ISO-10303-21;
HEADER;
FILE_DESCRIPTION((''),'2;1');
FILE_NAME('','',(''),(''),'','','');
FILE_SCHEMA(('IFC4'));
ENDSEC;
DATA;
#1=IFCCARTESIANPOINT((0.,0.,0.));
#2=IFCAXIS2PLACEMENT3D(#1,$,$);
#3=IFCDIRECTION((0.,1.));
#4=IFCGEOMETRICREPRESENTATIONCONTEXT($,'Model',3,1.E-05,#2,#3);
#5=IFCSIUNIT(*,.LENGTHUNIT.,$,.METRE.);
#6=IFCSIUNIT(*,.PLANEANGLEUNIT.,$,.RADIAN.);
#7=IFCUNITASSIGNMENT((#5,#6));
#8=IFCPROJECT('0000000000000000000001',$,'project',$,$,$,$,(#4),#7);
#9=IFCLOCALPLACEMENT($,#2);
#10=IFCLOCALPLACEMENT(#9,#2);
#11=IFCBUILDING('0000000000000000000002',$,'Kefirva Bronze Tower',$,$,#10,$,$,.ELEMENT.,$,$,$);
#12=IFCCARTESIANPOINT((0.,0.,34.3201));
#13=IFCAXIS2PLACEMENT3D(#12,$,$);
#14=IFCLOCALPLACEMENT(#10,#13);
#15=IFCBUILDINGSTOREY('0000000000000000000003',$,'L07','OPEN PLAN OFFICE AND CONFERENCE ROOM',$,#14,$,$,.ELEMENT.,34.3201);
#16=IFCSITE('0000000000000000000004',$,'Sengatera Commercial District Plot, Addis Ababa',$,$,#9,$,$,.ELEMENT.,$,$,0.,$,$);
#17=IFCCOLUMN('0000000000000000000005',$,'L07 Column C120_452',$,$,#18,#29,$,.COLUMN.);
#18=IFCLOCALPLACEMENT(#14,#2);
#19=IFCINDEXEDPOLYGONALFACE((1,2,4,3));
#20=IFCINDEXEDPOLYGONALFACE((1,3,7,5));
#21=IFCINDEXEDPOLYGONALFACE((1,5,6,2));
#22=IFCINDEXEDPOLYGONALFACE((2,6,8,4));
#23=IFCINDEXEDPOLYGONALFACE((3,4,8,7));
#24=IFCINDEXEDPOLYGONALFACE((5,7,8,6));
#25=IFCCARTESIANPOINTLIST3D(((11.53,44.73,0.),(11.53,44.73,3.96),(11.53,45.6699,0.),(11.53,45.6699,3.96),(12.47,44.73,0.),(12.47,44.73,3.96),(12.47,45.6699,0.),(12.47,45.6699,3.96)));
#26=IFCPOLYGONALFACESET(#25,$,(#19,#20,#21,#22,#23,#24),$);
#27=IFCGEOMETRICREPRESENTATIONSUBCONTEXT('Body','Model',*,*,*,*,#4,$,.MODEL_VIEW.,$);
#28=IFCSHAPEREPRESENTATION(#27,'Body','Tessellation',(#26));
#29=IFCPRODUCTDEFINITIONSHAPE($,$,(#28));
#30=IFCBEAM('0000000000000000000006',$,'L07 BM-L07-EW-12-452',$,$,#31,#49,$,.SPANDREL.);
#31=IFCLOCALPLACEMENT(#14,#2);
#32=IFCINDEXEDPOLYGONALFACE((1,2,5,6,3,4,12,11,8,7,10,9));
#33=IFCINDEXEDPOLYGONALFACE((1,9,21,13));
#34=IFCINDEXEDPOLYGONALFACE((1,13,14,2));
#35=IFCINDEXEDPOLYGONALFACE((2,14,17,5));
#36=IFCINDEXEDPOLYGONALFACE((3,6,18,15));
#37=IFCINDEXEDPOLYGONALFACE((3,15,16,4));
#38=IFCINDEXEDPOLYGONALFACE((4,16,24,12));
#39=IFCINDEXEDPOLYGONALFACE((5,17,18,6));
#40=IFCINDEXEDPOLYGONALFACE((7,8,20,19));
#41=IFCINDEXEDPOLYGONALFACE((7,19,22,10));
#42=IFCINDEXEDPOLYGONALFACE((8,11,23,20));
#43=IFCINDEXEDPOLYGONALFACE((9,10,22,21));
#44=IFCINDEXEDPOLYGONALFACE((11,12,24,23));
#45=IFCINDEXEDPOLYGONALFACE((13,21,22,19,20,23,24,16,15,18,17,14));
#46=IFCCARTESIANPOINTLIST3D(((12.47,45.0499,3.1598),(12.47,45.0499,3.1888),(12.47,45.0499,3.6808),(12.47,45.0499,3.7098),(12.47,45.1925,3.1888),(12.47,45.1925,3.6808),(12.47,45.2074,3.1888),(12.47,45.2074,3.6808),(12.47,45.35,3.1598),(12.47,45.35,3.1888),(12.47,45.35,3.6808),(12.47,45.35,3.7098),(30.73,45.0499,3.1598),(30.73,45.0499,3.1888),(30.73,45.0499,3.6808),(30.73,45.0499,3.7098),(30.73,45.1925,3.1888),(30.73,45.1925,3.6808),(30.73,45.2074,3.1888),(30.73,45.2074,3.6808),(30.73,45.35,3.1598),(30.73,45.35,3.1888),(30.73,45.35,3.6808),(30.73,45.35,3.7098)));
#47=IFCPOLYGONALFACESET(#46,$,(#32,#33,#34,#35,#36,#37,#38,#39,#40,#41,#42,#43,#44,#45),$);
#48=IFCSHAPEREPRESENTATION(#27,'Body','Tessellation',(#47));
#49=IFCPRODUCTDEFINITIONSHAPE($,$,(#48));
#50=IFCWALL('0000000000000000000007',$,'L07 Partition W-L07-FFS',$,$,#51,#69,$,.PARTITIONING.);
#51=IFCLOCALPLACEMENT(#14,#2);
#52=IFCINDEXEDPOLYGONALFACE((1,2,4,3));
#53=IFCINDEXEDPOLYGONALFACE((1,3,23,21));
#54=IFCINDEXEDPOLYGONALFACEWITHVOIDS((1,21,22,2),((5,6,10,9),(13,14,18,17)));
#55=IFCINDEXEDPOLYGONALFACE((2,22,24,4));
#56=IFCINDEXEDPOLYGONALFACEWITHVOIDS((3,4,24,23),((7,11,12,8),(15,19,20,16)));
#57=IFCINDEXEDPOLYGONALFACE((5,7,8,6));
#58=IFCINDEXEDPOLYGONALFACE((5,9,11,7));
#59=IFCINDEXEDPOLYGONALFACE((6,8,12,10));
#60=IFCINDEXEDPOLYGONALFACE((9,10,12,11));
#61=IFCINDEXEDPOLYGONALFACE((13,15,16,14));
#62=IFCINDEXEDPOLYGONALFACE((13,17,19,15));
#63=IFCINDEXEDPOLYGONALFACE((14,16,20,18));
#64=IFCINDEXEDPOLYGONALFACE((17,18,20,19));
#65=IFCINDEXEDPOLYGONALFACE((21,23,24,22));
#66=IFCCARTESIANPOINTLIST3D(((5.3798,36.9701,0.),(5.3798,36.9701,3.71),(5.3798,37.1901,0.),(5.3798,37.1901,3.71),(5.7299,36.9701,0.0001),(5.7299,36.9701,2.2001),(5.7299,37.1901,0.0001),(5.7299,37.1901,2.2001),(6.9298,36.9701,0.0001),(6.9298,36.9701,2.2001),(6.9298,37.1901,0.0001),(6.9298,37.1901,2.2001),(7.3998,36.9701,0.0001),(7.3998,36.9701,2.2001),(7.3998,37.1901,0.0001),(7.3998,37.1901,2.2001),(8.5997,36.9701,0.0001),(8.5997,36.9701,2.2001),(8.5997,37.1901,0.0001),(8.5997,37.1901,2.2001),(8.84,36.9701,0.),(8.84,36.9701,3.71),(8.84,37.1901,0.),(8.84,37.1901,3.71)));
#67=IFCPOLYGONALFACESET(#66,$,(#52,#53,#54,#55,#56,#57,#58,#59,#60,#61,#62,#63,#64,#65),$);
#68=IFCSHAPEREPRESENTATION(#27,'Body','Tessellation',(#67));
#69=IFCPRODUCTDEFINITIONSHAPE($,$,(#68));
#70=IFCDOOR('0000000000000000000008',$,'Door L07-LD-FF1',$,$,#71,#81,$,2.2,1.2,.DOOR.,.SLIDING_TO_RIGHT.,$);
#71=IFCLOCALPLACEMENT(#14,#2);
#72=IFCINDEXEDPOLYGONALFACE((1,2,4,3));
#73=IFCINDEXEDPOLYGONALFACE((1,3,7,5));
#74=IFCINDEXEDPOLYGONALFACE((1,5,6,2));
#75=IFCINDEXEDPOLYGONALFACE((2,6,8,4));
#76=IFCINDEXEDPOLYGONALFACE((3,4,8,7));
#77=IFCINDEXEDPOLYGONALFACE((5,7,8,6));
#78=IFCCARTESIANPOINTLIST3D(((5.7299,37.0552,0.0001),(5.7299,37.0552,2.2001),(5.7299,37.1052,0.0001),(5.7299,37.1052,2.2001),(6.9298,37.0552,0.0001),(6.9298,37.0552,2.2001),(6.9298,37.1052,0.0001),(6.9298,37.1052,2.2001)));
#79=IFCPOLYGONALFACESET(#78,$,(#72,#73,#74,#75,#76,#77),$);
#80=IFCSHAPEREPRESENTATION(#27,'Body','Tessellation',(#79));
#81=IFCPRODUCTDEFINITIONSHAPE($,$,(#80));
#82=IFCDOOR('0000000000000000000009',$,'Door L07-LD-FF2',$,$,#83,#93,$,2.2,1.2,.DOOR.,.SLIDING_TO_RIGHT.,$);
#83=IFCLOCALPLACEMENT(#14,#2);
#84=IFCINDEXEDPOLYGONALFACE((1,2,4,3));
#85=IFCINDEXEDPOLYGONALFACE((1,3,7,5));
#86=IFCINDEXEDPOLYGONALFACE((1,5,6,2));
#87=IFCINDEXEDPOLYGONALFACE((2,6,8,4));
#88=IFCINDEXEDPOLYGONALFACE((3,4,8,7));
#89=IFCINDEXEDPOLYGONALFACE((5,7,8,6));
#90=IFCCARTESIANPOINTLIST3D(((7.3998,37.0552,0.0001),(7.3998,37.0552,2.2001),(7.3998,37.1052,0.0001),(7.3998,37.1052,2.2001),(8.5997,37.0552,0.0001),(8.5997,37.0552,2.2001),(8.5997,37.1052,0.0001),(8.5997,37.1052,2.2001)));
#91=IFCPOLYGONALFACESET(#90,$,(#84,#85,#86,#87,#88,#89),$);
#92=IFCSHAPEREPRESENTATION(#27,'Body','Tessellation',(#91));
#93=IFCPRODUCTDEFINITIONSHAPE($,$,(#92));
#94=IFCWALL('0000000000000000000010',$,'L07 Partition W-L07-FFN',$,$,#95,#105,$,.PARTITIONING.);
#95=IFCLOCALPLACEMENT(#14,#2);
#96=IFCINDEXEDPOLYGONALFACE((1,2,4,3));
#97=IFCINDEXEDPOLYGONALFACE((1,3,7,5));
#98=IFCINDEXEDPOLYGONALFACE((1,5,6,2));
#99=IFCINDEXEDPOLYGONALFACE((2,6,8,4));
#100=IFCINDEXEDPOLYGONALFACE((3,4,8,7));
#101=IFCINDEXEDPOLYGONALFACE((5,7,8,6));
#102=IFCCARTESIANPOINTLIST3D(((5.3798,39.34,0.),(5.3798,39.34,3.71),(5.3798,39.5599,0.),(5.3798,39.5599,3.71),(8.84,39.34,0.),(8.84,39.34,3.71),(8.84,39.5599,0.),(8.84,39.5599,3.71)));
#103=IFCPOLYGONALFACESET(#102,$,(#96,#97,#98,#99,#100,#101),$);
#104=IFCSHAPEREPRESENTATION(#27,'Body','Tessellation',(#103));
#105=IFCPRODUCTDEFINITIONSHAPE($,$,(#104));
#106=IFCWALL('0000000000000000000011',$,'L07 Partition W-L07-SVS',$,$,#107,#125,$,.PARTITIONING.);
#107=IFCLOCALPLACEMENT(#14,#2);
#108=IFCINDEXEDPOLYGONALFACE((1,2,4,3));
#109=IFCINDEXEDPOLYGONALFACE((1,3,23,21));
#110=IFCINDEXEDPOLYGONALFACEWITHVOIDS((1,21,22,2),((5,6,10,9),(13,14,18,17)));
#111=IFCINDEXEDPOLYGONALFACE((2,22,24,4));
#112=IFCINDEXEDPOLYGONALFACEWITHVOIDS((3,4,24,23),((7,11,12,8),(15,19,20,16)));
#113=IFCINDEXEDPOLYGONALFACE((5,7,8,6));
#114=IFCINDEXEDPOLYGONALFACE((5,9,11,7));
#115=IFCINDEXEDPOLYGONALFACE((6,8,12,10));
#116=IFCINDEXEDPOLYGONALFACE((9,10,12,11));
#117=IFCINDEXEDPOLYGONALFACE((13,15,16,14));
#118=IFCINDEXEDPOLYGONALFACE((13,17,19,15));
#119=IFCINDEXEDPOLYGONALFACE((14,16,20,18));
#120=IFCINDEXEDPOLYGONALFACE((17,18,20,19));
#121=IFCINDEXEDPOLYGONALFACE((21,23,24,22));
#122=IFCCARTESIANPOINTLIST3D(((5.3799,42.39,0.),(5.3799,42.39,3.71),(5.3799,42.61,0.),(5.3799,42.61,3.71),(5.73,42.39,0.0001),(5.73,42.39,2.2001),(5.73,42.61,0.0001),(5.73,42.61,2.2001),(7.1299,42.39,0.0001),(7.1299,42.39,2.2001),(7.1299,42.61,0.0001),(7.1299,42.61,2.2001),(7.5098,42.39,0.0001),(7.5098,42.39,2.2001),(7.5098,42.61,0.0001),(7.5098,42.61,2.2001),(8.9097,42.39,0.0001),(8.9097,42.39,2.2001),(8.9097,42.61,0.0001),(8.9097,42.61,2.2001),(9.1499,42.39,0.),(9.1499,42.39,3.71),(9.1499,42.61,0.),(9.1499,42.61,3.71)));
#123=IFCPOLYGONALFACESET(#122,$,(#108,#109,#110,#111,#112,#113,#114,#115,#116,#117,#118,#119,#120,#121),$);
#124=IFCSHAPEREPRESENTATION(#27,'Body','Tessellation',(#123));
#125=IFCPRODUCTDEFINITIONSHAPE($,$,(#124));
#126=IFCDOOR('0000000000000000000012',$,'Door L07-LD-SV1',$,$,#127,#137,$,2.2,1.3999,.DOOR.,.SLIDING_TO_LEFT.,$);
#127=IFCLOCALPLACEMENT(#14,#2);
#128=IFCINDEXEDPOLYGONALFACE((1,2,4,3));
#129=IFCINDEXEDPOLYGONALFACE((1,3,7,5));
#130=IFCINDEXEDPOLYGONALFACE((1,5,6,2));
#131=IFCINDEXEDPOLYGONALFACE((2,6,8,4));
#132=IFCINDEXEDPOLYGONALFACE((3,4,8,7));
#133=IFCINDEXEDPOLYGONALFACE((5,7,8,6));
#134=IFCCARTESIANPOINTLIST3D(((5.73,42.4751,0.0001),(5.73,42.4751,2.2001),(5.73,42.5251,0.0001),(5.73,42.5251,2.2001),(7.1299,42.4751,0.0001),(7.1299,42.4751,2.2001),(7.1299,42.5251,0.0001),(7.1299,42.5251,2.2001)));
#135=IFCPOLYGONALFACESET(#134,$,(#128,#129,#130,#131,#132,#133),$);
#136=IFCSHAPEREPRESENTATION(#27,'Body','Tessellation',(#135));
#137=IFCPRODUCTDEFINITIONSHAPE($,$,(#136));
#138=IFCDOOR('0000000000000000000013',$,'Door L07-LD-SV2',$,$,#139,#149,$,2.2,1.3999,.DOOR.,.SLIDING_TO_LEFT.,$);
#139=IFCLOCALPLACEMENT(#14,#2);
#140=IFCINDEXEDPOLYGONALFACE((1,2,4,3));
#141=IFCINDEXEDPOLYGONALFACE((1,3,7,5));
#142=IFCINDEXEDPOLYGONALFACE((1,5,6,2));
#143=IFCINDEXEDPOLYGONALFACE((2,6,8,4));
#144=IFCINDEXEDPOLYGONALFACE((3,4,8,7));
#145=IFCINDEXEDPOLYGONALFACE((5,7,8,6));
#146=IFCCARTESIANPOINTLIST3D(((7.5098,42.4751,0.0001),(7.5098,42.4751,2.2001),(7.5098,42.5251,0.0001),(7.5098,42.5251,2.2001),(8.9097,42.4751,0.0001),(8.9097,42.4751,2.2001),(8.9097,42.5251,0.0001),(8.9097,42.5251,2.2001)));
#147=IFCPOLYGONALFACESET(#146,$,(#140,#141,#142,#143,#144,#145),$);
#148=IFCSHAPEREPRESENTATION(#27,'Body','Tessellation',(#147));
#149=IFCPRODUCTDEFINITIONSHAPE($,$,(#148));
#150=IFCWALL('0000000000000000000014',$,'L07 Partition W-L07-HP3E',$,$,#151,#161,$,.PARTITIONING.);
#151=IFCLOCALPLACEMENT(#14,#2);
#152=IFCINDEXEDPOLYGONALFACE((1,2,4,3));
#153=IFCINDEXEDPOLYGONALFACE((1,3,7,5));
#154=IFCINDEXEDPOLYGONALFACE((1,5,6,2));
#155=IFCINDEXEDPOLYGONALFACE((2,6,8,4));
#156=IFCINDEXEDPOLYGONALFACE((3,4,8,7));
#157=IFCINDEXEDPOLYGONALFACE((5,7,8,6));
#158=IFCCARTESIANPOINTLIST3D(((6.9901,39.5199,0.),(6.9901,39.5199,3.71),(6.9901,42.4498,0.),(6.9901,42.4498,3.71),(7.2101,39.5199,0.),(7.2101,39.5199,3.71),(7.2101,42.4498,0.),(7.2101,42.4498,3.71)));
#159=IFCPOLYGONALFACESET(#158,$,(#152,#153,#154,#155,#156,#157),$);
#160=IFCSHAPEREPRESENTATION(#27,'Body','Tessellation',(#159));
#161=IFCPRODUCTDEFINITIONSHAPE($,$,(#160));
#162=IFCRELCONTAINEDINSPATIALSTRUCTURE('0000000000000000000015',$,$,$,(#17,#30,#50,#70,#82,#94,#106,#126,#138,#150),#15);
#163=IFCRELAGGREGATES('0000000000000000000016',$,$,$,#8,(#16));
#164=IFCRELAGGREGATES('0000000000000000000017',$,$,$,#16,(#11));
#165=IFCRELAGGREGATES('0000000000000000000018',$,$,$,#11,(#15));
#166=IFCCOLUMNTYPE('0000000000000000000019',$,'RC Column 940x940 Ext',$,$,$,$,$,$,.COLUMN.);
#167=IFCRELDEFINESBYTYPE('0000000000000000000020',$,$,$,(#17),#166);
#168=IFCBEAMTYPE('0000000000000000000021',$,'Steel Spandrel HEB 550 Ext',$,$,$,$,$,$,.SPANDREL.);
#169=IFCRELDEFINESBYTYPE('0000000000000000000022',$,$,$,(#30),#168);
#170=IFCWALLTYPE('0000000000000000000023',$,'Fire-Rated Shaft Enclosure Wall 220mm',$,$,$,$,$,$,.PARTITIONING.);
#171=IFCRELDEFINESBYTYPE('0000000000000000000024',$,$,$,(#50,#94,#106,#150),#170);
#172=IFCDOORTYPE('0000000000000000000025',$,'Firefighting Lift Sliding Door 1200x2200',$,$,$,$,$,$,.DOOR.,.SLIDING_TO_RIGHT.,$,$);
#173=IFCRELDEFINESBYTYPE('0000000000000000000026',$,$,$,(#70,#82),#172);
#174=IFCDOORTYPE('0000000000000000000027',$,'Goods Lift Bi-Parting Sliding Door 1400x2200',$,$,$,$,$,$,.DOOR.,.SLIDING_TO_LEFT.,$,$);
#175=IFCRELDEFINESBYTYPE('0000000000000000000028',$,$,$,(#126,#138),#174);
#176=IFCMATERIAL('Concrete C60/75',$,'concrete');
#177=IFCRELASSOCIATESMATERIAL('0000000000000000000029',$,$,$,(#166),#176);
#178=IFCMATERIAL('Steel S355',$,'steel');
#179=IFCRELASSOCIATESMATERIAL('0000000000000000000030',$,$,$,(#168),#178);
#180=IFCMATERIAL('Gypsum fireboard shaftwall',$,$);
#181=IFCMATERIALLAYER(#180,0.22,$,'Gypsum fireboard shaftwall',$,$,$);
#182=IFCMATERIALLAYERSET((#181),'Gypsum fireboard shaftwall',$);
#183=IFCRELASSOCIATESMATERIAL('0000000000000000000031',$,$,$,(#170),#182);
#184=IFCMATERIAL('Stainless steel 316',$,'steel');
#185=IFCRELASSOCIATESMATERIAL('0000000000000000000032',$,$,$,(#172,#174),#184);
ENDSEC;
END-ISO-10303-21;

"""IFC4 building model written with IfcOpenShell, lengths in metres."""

from ifc_helpers import new_model, si_unit, direction, frame, frame_2d, origin, origin_2d, place, context, subcontext, project, spatial, rectangle, i_section, extrude, material, layer, layer_set, material_profile, profile_set, type_object, element, fill, save


model = new_model("IFC4")

# Units and contexts
model_context = context("Model", 3, precision=1e-05, world=origin(), true_north=direction((0.0, 1.0)))
body_context = subcontext(model_context, "Body", "Model", "MODEL_VIEW")
ifc_project = project(units=[si_unit("LENGTHUNIT", "METRE"), si_unit("PLANEANGLEUNIT", "RADIAN")], contexts=[model_context])

# Site, building, storey
site_placement = place(None, origin())
site = spatial("IfcSite", under=ifc_project, at=site_placement, Name="Sengatera Commercial District Plot, Addis Ababa", CompositionType="ELEMENT", RefElevation=0.0)
building_placement = place(site_placement, origin())
building = spatial("IfcBuilding", under=site, at=building_placement, Name="Kefirva Bronze Tower", CompositionType="ELEMENT")
storey_placement = place(building_placement, frame((0.0, 0.0, 34.3201)))
storey = spatial("IfcBuildingStorey", under=building, at=storey_placement, Name="L07", Description="OPEN PLAN OFFICE AND CONFERENCE ROOM", CompositionType="ELEMENT", Elevation=34.3201)

# Column
ifc_material_1 = material(Name="Concrete C60/75", Category="concrete")
ifc_material_profile_1 = material_profile(ifc_material_1, rectangle(XDim=0.9399, YDim=0.9399, at=origin_2d()), Name="RC 940x940")
ifc_profile_set_1 = profile_set([ifc_material_profile_1], Name="Concrete C60/75")
column_type = type_object("IfcColumnType", Name="RC Column 940x940 Ext", PredefinedType="COLUMN", material=ifc_profile_set_1)
column_placement = place(storey_placement, frame((12.0, 45.2, 0.0), z_axis=(0.0, 0.0, 1.0), x_axis=(1.0, 0.0, 0.0)))
element("IfcColumn", 1, at=column_placement, inside=storey, type_object=column_type, Name="L07 Column C120_452", PredefinedType="COLUMN", context=body_context, shape_type="SweptSolid", body=[
    extrude(rectangle(XDim=0.9399, YDim=0.9399, at=origin_2d()), origin(), (0.0, 0.0, 1.0), 3.96),
])

# Beam
ifc_material_2 = material(Name="Steel S355", Category="steel")
ifc_material_profile_2 = material_profile(ifc_material_2, i_section(OverallWidth=0.3, OverallDepth=0.55, WebThickness=0.0149, FlangeThickness=0.0291, at=origin_2d()), Name="HEB 550")
ifc_profile_set_2 = profile_set([ifc_material_profile_2], Name="Steel S355")
beam_type = type_object("IfcBeamType", Name="Steel Spandrel HEB 550 Ext", PredefinedType="SPANDREL", material=ifc_profile_set_2)
beam_placement = place(storey_placement, frame((12.47, 45.2, 3.4348), z_axis=(1.0, 0.0, 0.0), x_axis=(0.0, 1.0, 0.0)))
element("IfcBeam", 2, at=beam_placement, inside=storey, type_object=beam_type, Name="L07 BM-L07-EW-12-452", PredefinedType="SPANDREL", context=body_context, shape_type="SweptSolid", body=[
    extrude(i_section(OverallWidth=0.3, OverallDepth=0.55, WebThickness=0.0149, FlangeThickness=0.0291, at=origin_2d()), origin(), (0.0, 0.0, 1.0), 18.26),
])

# Wall, openings, doors
ifc_material_3 = material(Name="Gypsum fireboard shaftwall")
ifc_layer_1 = layer(ifc_material_3, 0.22, Name="Gypsum fireboard shaftwall")
ifc_layer_set_1 = layer_set([ifc_layer_1], Name="Gypsum fireboard shaftwall")
wall_type_1 = type_object("IfcWallType", Name="Fire-Rated Shaft Enclosure Wall 220mm", PredefinedType="PARTITIONING", material=ifc_layer_set_1)
wall_1_placement = place(storey_placement, frame((5.3799, 37.0801, 0.0), z_axis=(0.0, 0.0, 1.0), x_axis=(1.0, 0.0, 0.0)))
wall_1 = element("IfcWall", 3, at=wall_1_placement, inside=storey, type_object=wall_type_1, Name="L07 Partition W-L07-FFS", PredefinedType="PARTITIONING", context=body_context, shape_type="SweptSolid", body=[
    extrude(rectangle(XDim=3.4602, YDim=0.22, at=frame_2d((1.73, 0.0))), origin(), (0.0, 0.0, 1.0), 3.71),
])
opening_1_placement = place(wall_1_placement, frame((1.55, 0.0, 0.0), z_axis=(0.0, 0.0, 1.0), x_axis=(-1.0, 0.0, 0.0)))
opening_1 = element("IfcOpeningElement", 4, at=opening_1_placement, cuts=wall_1, PredefinedType="OPENING", context=body_context, shape_type="SweptSolid", body=[
    extrude(rectangle(XDim=1.2, YDim=2.2, at=frame_2d((0.6001, 1.1001))), frame((0.0, 0.1201, 0.0), z_axis=(0.0, -1.0, 0.0), x_axis=(1.0, 0.0, 0.0)), (0.0, 0.0, 1.0), 0.24),
])
opening_2_placement = place(wall_1_placement, frame((3.22, 0.0, 0.0), z_axis=(0.0, 0.0, 1.0), x_axis=(-1.0, 0.0, 0.0)))
opening_2 = element("IfcOpeningElement", 5, at=opening_2_placement, cuts=wall_1, PredefinedType="OPENING", context=body_context, shape_type="SweptSolid", body=[
    extrude(rectangle(XDim=1.2, YDim=2.2, at=frame_2d((0.6001, 1.1001))), frame((0.0, 0.1201, 0.0), z_axis=(0.0, -1.0, 0.0), x_axis=(1.0, 0.0, 0.0)), (0.0, 0.0, 1.0), 0.24),
])
ifc_material_4 = material(Name="Stainless steel 316", Category="steel")
door_type_1 = type_object("IfcDoorType", Name="Firefighting Lift Sliding Door 1200x2200", OperationType="SLIDING_TO_RIGHT", PredefinedType="DOOR", material=ifc_material_4)
door_1_placement = place(opening_1_placement, origin())
door_1 = element("IfcDoor", 6, at=door_1_placement, inside=storey, type_object=door_type_1, Name="Door L07-LD-FF1", OperationType="SLIDING_TO_RIGHT", OverallHeight=2.2, OverallWidth=1.2, PredefinedType="DOOR", context=body_context, shape_type="SweptSolid", body=[
    extrude(rectangle(XDim=1.2, YDim=2.2, at=frame_2d((0.6001, 1.1001))), frame((0.0, 0.0249, 0.0), z_axis=(0.0, -1.0, 0.0), x_axis=(1.0, 0.0, 0.0)), (0.0, 0.0, 1.0), 0.05),
])
fill(opening_1, door_1)
door_2_placement = place(opening_2_placement, origin())
door_2 = element("IfcDoor", 7, at=door_2_placement, inside=storey, type_object=door_type_1, Name="Door L07-LD-FF2", OperationType="SLIDING_TO_RIGHT", OverallHeight=2.2, OverallWidth=1.2, PredefinedType="DOOR", context=body_context, shape_type="SweptSolid", body=[
    extrude(rectangle(XDim=1.2, YDim=2.2, at=frame_2d((0.6001, 1.1001))), frame((0.0, 0.0249, 0.0), z_axis=(0.0, -1.0, 0.0), x_axis=(1.0, 0.0, 0.0)), (0.0, 0.0, 1.0), 0.05),
])
fill(opening_2, door_2)

# Wall
wall_2_placement = place(storey_placement, frame((5.3799, 39.45, 0.0), z_axis=(0.0, 0.0, 1.0), x_axis=(1.0, 0.0, 0.0)))
element("IfcWall", 8, at=wall_2_placement, inside=storey, type_object=wall_type_1, Name="L07 Partition W-L07-FFN", PredefinedType="PARTITIONING", context=body_context, shape_type="SweptSolid", body=[
    extrude(rectangle(XDim=3.4602, YDim=0.22, at=frame_2d((1.73, 0.0))), origin(), (0.0, 0.0, 1.0), 3.71),
])

# Wall, openings, doors
wall_3_placement = place(storey_placement, frame((5.3799, 42.5, 0.0), z_axis=(0.0, 0.0, 1.0), x_axis=(1.0, 0.0, 0.0)))
wall_3 = element("IfcWall", 9, at=wall_3_placement, inside=storey, type_object=wall_type_1, Name="L07 Partition W-L07-SVS", PredefinedType="PARTITIONING", context=body_context, shape_type="SweptSolid", body=[
    extrude(rectangle(XDim=3.77, YDim=0.22, at=frame_2d((1.885, 0.0))), origin(), (0.0, 0.0, 1.0), 3.71),
])
opening_3_placement = place(wall_3_placement, frame((1.75, 0.0, 0.0), z_axis=(0.0, 0.0, 1.0), x_axis=(-1.0, 0.0, 0.0)))
opening_3 = element("IfcOpeningElement", 10, at=opening_3_placement, cuts=wall_3, PredefinedType="OPENING", context=body_context, shape_type="SweptSolid", body=[
    extrude(rectangle(XDim=1.3999, YDim=2.2, at=frame_2d((0.7, 1.1001))), frame((0.0, 0.1201, 0.0), z_axis=(0.0, -1.0, 0.0), x_axis=(1.0, 0.0, 0.0)), (0.0, 0.0, 1.0), 0.24),
])
opening_4_placement = place(wall_3_placement, frame((3.5298, 0.0, 0.0), z_axis=(0.0, 0.0, 1.0), x_axis=(-1.0, 0.0, 0.0)))
opening_4 = element("IfcOpeningElement", 11, at=opening_4_placement, cuts=wall_3, PredefinedType="OPENING", context=body_context, shape_type="SweptSolid", body=[
    extrude(rectangle(XDim=1.3999, YDim=2.2, at=frame_2d((0.7, 1.1001))), frame((0.0, 0.1201, 0.0), z_axis=(0.0, -1.0, 0.0), x_axis=(1.0, 0.0, 0.0)), (0.0, 0.0, 1.0), 0.24),
])
door_type_2 = type_object("IfcDoorType", Name="Goods Lift Bi-Parting Sliding Door 1400x2200", OperationType="SLIDING_TO_LEFT", PredefinedType="DOOR", material=ifc_material_4)
door_3_placement = place(opening_3_placement, origin())
door_3 = element("IfcDoor", 12, at=door_3_placement, inside=storey, type_object=door_type_2, Name="Door L07-LD-SV1", OperationType="SLIDING_TO_LEFT", OverallHeight=2.2, OverallWidth=1.3999, PredefinedType="DOOR", context=body_context, shape_type="SweptSolid", body=[
    extrude(rectangle(XDim=1.3999, YDim=2.2, at=frame_2d((0.7, 1.1001))), frame((0.0, 0.0249, 0.0), z_axis=(0.0, -1.0, 0.0), x_axis=(1.0, 0.0, 0.0)), (0.0, 0.0, 1.0), 0.05),
])
fill(opening_3, door_3)
door_4_placement = place(opening_4_placement, origin())
door_4 = element("IfcDoor", 13, at=door_4_placement, inside=storey, type_object=door_type_2, Name="Door L07-LD-SV2", OperationType="SLIDING_TO_LEFT", OverallHeight=2.2, OverallWidth=1.3999, PredefinedType="DOOR", context=body_context, shape_type="SweptSolid", body=[
    extrude(rectangle(XDim=1.3999, YDim=2.2, at=frame_2d((0.7, 1.1001))), frame((0.0, 0.0249, 0.0), z_axis=(0.0, -1.0, 0.0), x_axis=(1.0, 0.0, 0.0)), (0.0, 0.0, 1.0), 0.05),
])
fill(opening_4, door_4)

# Wall
wall_4_placement = place(storey_placement, frame((7.1001, 39.52, 0.0), z_axis=(0.0, 0.0, 1.0), x_axis=(0.0, 1.0, 0.0)))
element("IfcWall", 14, at=wall_4_placement, inside=storey, type_object=wall_type_1, Name="L07 Partition W-L07-HP3E", PredefinedType="PARTITIONING", context=body_context, shape_type="SweptSolid", body=[
    extrude(rectangle(XDim=2.9299, YDim=0.22, at=frame_2d((1.4648, 0.0))), origin(), (0.0, 0.0, 1.0), 3.71),
])

save(model, "model.ifc")
